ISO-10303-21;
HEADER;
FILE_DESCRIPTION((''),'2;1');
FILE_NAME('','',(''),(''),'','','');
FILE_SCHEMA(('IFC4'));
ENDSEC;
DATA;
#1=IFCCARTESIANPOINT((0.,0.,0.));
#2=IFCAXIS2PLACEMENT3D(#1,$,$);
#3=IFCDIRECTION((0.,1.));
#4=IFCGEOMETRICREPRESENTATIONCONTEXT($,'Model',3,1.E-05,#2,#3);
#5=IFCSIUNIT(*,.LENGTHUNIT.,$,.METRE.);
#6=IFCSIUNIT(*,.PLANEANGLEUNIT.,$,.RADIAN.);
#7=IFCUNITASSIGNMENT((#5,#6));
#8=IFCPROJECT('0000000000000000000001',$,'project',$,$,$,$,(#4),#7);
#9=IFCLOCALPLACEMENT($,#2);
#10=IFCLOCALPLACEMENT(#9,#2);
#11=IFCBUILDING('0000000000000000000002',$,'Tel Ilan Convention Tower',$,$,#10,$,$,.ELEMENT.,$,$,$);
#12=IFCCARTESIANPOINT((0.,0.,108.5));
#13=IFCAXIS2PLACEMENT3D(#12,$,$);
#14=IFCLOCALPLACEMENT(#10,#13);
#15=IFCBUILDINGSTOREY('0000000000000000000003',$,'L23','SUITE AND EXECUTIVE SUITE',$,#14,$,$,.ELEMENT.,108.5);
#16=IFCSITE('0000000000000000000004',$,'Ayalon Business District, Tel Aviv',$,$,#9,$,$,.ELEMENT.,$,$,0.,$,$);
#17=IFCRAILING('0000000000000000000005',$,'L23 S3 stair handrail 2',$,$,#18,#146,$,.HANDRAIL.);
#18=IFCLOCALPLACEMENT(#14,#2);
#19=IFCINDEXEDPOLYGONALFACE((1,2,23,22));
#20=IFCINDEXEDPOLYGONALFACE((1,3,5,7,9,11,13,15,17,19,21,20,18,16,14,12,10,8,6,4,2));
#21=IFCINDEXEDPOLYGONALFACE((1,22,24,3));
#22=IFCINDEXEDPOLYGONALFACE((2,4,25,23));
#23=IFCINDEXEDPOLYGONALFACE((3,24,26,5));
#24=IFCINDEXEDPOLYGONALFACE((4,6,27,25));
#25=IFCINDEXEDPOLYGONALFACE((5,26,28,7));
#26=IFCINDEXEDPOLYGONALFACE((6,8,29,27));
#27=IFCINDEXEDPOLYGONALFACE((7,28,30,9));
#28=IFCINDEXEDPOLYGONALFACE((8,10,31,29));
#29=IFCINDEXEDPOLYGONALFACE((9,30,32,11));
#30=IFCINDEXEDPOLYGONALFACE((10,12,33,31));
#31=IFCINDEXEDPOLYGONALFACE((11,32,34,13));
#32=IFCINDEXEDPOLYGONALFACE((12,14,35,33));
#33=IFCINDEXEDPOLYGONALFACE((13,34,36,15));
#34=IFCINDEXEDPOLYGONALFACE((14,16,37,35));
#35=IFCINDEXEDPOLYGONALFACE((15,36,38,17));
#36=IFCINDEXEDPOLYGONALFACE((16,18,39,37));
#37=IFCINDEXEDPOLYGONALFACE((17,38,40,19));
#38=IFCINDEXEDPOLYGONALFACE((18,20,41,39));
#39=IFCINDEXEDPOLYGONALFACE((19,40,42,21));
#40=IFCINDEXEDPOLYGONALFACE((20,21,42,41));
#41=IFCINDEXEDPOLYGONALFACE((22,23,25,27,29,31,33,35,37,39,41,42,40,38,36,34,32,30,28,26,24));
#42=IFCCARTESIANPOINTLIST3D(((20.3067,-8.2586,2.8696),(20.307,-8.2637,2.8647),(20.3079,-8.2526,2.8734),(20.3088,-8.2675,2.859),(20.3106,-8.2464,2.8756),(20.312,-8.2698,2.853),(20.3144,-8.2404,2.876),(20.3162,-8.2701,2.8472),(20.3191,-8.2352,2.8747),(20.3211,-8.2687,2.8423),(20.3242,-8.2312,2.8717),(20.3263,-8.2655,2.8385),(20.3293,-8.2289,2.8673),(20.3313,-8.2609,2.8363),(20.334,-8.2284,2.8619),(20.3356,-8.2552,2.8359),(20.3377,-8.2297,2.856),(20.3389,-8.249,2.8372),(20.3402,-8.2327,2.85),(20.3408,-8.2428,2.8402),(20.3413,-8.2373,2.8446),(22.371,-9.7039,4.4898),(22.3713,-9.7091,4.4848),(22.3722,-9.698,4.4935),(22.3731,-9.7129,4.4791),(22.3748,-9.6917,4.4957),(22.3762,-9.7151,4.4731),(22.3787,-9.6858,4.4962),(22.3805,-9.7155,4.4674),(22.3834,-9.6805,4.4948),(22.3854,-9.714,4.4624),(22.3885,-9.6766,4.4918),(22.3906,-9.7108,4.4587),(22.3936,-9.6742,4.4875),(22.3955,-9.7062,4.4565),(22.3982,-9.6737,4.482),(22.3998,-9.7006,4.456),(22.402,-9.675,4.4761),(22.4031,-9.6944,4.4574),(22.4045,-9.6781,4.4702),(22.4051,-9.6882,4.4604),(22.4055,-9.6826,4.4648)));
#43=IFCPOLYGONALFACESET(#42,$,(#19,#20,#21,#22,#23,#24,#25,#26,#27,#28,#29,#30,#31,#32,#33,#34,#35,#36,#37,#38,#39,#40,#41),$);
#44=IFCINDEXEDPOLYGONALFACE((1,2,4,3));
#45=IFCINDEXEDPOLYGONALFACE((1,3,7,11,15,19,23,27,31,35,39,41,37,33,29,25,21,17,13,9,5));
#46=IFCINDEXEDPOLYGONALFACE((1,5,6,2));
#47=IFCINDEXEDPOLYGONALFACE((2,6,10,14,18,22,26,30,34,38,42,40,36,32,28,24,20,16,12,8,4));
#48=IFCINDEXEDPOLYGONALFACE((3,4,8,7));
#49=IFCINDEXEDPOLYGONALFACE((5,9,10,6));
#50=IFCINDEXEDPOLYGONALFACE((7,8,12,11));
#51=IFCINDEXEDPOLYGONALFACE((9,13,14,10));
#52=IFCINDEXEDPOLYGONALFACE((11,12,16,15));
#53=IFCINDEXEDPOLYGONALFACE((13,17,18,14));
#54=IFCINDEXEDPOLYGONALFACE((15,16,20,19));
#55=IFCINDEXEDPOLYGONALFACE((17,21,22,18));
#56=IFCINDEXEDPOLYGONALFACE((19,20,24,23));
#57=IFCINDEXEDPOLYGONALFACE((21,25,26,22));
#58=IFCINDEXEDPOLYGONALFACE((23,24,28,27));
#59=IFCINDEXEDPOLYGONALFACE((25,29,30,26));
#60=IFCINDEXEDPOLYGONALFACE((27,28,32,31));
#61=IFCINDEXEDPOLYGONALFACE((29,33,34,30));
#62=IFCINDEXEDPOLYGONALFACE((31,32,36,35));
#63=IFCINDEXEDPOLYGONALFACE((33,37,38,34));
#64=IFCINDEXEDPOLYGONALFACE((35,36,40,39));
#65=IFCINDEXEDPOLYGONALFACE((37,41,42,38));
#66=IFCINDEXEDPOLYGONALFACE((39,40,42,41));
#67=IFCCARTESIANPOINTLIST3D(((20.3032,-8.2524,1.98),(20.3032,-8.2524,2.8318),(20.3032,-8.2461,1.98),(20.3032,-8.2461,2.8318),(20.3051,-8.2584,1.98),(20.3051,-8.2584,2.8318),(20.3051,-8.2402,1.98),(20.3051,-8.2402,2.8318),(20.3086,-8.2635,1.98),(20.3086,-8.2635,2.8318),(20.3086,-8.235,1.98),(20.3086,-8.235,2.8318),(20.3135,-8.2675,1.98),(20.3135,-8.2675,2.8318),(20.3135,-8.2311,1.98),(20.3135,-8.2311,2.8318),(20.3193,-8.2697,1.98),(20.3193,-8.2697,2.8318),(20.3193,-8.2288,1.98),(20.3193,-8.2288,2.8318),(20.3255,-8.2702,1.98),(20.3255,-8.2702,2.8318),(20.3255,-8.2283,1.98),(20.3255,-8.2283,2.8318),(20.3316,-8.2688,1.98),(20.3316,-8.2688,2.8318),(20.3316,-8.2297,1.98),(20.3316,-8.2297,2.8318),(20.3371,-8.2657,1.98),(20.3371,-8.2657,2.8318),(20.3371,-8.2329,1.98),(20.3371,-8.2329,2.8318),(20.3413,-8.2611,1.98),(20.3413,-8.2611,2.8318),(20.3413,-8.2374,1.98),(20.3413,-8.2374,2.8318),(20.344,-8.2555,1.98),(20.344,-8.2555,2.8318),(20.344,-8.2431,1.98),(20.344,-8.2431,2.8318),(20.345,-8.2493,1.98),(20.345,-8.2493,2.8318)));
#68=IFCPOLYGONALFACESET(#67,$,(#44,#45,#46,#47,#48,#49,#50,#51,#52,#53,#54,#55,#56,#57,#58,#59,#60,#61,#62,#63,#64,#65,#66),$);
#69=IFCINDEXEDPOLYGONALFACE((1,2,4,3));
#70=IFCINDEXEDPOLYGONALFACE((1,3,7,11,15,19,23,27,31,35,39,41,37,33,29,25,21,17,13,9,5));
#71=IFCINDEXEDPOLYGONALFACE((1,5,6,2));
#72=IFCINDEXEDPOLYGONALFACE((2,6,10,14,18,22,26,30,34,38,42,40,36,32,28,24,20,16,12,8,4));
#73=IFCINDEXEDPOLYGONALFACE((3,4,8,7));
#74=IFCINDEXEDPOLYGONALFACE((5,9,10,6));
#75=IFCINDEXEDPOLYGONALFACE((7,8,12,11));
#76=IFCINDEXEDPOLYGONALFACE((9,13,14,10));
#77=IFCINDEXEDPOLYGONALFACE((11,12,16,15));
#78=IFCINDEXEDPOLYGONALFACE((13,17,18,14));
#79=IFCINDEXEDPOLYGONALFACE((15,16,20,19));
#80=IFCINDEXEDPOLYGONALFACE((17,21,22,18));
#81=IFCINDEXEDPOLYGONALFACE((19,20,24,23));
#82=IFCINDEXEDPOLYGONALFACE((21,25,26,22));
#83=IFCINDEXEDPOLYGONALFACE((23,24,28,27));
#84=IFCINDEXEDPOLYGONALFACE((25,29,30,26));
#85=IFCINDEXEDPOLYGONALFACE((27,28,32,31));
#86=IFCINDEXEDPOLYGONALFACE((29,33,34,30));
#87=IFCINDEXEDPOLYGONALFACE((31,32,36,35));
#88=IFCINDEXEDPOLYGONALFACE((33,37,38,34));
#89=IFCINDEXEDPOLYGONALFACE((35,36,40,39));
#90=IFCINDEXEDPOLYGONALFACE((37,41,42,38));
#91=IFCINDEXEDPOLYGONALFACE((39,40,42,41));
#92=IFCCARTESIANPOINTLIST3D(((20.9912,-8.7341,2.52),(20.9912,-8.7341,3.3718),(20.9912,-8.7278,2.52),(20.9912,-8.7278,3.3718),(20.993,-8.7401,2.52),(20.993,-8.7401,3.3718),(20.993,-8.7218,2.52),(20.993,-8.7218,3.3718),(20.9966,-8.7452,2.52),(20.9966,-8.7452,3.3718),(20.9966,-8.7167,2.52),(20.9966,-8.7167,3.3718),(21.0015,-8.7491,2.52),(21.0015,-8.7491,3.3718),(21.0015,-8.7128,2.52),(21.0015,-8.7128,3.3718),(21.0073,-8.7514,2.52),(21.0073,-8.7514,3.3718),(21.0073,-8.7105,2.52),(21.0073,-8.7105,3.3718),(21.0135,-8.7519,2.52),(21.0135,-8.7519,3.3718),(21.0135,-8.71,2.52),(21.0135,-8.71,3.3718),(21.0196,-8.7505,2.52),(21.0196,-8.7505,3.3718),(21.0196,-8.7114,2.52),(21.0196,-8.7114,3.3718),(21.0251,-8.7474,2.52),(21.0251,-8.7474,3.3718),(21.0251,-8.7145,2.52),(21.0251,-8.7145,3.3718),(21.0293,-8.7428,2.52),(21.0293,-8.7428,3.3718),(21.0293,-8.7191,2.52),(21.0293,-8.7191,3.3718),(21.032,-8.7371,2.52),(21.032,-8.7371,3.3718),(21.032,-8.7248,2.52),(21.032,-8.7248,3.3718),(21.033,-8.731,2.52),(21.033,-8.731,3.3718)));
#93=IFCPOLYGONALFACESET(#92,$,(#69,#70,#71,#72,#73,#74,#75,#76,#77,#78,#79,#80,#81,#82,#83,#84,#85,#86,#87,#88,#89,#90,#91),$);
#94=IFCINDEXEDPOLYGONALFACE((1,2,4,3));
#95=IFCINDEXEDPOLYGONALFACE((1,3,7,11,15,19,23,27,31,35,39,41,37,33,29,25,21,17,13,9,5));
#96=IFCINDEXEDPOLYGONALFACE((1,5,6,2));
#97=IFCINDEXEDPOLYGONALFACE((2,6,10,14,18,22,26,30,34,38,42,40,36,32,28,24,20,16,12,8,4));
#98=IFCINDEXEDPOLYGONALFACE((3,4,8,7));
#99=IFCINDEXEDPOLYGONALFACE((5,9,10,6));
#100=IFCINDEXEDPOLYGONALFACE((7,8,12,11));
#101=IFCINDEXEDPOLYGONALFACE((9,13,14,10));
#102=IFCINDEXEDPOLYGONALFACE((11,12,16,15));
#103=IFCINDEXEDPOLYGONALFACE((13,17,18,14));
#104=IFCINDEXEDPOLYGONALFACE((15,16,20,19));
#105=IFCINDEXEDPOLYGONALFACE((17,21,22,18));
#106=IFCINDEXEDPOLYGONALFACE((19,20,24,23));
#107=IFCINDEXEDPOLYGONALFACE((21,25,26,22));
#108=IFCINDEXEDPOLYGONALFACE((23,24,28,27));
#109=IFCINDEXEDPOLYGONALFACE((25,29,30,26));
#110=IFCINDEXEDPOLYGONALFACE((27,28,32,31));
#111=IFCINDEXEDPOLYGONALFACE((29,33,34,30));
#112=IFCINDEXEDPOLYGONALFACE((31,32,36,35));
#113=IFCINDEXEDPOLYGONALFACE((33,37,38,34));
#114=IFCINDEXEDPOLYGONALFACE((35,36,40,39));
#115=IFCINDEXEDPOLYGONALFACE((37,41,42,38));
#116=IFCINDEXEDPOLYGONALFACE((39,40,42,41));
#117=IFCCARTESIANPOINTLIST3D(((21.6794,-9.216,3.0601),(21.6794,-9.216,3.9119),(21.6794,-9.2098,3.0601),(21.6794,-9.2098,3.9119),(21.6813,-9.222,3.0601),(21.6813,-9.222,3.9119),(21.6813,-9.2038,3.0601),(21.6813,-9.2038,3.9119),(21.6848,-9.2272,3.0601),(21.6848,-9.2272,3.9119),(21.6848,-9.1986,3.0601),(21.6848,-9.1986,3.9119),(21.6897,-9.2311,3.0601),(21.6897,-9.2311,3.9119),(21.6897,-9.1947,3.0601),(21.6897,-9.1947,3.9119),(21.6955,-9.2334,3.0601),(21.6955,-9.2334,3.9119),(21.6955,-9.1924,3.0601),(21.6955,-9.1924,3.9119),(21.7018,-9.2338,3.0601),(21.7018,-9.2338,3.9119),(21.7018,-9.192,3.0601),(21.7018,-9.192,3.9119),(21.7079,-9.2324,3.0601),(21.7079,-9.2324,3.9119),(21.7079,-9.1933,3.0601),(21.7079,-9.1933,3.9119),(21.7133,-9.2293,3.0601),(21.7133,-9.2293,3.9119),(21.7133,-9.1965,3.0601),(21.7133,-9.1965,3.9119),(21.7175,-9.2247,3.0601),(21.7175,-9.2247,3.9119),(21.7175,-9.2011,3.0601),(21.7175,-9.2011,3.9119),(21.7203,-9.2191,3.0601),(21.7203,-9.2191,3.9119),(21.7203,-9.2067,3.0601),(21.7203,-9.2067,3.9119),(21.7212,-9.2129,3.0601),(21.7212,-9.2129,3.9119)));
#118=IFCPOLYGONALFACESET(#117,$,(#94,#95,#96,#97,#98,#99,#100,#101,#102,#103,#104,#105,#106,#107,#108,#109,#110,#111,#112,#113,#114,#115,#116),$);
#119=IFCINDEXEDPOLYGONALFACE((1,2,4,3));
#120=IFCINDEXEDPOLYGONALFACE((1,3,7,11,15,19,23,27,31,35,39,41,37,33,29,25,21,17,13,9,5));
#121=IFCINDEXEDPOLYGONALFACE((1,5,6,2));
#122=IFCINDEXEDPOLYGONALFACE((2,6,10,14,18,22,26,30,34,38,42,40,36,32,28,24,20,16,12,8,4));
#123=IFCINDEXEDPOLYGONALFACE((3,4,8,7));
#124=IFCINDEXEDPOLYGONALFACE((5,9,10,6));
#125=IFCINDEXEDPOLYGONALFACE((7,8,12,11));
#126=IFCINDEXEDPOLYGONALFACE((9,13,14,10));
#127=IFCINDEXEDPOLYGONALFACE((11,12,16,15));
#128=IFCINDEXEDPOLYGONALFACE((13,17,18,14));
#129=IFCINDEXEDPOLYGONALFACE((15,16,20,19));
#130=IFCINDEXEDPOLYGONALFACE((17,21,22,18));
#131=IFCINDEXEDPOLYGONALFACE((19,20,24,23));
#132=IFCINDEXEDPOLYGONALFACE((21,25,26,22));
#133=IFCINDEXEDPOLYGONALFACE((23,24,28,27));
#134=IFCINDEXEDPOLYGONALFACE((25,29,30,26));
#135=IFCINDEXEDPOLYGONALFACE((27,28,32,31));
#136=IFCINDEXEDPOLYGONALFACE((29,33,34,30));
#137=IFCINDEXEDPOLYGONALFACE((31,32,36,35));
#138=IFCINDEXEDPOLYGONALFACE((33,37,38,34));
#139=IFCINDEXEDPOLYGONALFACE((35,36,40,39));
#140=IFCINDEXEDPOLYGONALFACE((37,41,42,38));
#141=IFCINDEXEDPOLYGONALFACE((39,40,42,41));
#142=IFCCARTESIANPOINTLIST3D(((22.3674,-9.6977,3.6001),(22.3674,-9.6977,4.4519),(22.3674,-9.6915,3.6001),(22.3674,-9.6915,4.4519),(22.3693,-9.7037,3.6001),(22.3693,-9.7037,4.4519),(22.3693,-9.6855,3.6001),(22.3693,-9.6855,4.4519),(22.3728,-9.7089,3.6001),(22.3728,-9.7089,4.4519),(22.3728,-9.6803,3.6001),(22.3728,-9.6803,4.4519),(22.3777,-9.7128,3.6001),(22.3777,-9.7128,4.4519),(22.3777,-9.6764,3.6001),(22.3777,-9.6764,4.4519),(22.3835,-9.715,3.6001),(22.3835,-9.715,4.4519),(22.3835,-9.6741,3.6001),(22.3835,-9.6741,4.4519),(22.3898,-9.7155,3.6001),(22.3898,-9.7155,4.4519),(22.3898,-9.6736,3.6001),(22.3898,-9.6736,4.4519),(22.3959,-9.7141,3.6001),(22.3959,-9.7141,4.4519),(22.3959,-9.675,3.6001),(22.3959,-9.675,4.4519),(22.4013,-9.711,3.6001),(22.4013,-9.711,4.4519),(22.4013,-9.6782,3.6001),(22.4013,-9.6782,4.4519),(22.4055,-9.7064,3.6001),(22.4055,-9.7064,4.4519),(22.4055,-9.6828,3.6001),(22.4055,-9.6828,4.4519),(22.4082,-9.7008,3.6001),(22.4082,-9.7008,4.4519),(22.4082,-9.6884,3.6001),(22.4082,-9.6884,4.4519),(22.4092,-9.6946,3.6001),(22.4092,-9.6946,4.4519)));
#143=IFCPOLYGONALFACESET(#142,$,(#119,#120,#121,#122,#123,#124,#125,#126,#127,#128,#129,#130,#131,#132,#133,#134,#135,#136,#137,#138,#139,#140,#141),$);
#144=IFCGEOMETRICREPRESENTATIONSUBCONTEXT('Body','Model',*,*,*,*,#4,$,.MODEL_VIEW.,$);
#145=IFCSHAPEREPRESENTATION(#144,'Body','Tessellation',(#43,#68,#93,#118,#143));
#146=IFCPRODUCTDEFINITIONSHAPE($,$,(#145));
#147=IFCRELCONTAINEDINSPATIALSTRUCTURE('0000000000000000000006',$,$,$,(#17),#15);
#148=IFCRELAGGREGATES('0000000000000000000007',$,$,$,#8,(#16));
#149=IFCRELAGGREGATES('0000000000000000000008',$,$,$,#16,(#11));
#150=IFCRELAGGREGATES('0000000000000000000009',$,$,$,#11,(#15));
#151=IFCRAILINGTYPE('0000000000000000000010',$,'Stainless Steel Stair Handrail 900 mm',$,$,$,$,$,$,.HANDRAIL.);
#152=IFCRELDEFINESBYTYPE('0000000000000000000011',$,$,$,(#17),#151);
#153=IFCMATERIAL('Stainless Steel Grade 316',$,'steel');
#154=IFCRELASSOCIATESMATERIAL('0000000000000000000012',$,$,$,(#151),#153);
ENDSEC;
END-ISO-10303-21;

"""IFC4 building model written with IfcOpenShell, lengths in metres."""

from ifc_helpers import new_model, si_unit, direction, frame, origin, origin_2d, place, context, subcontext, project, spatial, circle, extrude, material, type_object, element, save


model = new_model("IFC4")

# Units and contexts
model_context = context("Model", 3, precision=1e-05, world=origin(), true_north=direction((0.0, 1.0)))
body_context = subcontext(model_context, "Body", "Model", "MODEL_VIEW")
ifc_project = project(units=[si_unit("LENGTHUNIT", "METRE"), si_unit("PLANEANGLEUNIT", "RADIAN")], contexts=[model_context])

# Site, building, storey
site_placement = place(None, origin())
site = spatial("IfcSite", under=ifc_project, at=site_placement, Name="Ayalon Business District, Tel Aviv", CompositionType="ELEMENT", RefElevation=0.0)
building_placement = place(site_placement, origin())
building = spatial("IfcBuilding", under=site, at=building_placement, Name="Tel Ilan Convention Tower", CompositionType="ELEMENT")
storey_placement = place(building_placement, frame((0.0, 0.0, 108.5)))
storey = spatial("IfcBuildingStorey", under=building, at=storey_placement, Name="L23", Description="SUITE AND EXECUTIVE SUITE", CompositionType="ELEMENT", Elevation=108.5)

# Railing
ifc_material_1 = material(Name="Stainless Steel Grade 316", Category="steel")
railing_type_1 = type_object("IfcRailingType", Name="Stainless Steel Stair Handrail 900 mm", PredefinedType="HANDRAIL", material=ifc_material_1)
railing_1_placement = place(storey_placement, frame((20.324, -8.2493, 1.98)))
element("IfcRailing", 1, at=railing_1_placement, inside=storey, type_object=railing_type_1, Name="L23 S3 stair handrail 2", PredefinedType="HANDRAIL", context=body_context, shape_type="SweptSolid", body=[
    extrude(circle(Radius=0.0239, at=origin_2d()), frame((0.0, 0.0, 0.876), z_axis=(0.68904, -0.48245, 0.540801), x_axis=(0.57356, 0.819164, 0.0)), (0.0, 0.0, 1.0), 2.9958),
    extrude(circle(Radius=0.021, at=origin_2d()), origin(), (0.0, 0.0, 1.0), 0.8518),
    extrude(circle(Radius=0.021, at=origin_2d()), frame((0.688, -0.4817, 0.54)), (0.0, 0.0, 1.0), 0.8518),
    extrude(circle(Radius=0.021, at=origin_2d()), frame((1.3762, -0.9636, 1.0801)), (0.0, 0.0, 1.0), 0.8518),
    extrude(circle(Radius=0.021, at=origin_2d()), frame((2.0642, -1.4453, 1.6201)), (0.0, 0.0, 1.0), 0.8518),
])

save(model, "model.ifc")
